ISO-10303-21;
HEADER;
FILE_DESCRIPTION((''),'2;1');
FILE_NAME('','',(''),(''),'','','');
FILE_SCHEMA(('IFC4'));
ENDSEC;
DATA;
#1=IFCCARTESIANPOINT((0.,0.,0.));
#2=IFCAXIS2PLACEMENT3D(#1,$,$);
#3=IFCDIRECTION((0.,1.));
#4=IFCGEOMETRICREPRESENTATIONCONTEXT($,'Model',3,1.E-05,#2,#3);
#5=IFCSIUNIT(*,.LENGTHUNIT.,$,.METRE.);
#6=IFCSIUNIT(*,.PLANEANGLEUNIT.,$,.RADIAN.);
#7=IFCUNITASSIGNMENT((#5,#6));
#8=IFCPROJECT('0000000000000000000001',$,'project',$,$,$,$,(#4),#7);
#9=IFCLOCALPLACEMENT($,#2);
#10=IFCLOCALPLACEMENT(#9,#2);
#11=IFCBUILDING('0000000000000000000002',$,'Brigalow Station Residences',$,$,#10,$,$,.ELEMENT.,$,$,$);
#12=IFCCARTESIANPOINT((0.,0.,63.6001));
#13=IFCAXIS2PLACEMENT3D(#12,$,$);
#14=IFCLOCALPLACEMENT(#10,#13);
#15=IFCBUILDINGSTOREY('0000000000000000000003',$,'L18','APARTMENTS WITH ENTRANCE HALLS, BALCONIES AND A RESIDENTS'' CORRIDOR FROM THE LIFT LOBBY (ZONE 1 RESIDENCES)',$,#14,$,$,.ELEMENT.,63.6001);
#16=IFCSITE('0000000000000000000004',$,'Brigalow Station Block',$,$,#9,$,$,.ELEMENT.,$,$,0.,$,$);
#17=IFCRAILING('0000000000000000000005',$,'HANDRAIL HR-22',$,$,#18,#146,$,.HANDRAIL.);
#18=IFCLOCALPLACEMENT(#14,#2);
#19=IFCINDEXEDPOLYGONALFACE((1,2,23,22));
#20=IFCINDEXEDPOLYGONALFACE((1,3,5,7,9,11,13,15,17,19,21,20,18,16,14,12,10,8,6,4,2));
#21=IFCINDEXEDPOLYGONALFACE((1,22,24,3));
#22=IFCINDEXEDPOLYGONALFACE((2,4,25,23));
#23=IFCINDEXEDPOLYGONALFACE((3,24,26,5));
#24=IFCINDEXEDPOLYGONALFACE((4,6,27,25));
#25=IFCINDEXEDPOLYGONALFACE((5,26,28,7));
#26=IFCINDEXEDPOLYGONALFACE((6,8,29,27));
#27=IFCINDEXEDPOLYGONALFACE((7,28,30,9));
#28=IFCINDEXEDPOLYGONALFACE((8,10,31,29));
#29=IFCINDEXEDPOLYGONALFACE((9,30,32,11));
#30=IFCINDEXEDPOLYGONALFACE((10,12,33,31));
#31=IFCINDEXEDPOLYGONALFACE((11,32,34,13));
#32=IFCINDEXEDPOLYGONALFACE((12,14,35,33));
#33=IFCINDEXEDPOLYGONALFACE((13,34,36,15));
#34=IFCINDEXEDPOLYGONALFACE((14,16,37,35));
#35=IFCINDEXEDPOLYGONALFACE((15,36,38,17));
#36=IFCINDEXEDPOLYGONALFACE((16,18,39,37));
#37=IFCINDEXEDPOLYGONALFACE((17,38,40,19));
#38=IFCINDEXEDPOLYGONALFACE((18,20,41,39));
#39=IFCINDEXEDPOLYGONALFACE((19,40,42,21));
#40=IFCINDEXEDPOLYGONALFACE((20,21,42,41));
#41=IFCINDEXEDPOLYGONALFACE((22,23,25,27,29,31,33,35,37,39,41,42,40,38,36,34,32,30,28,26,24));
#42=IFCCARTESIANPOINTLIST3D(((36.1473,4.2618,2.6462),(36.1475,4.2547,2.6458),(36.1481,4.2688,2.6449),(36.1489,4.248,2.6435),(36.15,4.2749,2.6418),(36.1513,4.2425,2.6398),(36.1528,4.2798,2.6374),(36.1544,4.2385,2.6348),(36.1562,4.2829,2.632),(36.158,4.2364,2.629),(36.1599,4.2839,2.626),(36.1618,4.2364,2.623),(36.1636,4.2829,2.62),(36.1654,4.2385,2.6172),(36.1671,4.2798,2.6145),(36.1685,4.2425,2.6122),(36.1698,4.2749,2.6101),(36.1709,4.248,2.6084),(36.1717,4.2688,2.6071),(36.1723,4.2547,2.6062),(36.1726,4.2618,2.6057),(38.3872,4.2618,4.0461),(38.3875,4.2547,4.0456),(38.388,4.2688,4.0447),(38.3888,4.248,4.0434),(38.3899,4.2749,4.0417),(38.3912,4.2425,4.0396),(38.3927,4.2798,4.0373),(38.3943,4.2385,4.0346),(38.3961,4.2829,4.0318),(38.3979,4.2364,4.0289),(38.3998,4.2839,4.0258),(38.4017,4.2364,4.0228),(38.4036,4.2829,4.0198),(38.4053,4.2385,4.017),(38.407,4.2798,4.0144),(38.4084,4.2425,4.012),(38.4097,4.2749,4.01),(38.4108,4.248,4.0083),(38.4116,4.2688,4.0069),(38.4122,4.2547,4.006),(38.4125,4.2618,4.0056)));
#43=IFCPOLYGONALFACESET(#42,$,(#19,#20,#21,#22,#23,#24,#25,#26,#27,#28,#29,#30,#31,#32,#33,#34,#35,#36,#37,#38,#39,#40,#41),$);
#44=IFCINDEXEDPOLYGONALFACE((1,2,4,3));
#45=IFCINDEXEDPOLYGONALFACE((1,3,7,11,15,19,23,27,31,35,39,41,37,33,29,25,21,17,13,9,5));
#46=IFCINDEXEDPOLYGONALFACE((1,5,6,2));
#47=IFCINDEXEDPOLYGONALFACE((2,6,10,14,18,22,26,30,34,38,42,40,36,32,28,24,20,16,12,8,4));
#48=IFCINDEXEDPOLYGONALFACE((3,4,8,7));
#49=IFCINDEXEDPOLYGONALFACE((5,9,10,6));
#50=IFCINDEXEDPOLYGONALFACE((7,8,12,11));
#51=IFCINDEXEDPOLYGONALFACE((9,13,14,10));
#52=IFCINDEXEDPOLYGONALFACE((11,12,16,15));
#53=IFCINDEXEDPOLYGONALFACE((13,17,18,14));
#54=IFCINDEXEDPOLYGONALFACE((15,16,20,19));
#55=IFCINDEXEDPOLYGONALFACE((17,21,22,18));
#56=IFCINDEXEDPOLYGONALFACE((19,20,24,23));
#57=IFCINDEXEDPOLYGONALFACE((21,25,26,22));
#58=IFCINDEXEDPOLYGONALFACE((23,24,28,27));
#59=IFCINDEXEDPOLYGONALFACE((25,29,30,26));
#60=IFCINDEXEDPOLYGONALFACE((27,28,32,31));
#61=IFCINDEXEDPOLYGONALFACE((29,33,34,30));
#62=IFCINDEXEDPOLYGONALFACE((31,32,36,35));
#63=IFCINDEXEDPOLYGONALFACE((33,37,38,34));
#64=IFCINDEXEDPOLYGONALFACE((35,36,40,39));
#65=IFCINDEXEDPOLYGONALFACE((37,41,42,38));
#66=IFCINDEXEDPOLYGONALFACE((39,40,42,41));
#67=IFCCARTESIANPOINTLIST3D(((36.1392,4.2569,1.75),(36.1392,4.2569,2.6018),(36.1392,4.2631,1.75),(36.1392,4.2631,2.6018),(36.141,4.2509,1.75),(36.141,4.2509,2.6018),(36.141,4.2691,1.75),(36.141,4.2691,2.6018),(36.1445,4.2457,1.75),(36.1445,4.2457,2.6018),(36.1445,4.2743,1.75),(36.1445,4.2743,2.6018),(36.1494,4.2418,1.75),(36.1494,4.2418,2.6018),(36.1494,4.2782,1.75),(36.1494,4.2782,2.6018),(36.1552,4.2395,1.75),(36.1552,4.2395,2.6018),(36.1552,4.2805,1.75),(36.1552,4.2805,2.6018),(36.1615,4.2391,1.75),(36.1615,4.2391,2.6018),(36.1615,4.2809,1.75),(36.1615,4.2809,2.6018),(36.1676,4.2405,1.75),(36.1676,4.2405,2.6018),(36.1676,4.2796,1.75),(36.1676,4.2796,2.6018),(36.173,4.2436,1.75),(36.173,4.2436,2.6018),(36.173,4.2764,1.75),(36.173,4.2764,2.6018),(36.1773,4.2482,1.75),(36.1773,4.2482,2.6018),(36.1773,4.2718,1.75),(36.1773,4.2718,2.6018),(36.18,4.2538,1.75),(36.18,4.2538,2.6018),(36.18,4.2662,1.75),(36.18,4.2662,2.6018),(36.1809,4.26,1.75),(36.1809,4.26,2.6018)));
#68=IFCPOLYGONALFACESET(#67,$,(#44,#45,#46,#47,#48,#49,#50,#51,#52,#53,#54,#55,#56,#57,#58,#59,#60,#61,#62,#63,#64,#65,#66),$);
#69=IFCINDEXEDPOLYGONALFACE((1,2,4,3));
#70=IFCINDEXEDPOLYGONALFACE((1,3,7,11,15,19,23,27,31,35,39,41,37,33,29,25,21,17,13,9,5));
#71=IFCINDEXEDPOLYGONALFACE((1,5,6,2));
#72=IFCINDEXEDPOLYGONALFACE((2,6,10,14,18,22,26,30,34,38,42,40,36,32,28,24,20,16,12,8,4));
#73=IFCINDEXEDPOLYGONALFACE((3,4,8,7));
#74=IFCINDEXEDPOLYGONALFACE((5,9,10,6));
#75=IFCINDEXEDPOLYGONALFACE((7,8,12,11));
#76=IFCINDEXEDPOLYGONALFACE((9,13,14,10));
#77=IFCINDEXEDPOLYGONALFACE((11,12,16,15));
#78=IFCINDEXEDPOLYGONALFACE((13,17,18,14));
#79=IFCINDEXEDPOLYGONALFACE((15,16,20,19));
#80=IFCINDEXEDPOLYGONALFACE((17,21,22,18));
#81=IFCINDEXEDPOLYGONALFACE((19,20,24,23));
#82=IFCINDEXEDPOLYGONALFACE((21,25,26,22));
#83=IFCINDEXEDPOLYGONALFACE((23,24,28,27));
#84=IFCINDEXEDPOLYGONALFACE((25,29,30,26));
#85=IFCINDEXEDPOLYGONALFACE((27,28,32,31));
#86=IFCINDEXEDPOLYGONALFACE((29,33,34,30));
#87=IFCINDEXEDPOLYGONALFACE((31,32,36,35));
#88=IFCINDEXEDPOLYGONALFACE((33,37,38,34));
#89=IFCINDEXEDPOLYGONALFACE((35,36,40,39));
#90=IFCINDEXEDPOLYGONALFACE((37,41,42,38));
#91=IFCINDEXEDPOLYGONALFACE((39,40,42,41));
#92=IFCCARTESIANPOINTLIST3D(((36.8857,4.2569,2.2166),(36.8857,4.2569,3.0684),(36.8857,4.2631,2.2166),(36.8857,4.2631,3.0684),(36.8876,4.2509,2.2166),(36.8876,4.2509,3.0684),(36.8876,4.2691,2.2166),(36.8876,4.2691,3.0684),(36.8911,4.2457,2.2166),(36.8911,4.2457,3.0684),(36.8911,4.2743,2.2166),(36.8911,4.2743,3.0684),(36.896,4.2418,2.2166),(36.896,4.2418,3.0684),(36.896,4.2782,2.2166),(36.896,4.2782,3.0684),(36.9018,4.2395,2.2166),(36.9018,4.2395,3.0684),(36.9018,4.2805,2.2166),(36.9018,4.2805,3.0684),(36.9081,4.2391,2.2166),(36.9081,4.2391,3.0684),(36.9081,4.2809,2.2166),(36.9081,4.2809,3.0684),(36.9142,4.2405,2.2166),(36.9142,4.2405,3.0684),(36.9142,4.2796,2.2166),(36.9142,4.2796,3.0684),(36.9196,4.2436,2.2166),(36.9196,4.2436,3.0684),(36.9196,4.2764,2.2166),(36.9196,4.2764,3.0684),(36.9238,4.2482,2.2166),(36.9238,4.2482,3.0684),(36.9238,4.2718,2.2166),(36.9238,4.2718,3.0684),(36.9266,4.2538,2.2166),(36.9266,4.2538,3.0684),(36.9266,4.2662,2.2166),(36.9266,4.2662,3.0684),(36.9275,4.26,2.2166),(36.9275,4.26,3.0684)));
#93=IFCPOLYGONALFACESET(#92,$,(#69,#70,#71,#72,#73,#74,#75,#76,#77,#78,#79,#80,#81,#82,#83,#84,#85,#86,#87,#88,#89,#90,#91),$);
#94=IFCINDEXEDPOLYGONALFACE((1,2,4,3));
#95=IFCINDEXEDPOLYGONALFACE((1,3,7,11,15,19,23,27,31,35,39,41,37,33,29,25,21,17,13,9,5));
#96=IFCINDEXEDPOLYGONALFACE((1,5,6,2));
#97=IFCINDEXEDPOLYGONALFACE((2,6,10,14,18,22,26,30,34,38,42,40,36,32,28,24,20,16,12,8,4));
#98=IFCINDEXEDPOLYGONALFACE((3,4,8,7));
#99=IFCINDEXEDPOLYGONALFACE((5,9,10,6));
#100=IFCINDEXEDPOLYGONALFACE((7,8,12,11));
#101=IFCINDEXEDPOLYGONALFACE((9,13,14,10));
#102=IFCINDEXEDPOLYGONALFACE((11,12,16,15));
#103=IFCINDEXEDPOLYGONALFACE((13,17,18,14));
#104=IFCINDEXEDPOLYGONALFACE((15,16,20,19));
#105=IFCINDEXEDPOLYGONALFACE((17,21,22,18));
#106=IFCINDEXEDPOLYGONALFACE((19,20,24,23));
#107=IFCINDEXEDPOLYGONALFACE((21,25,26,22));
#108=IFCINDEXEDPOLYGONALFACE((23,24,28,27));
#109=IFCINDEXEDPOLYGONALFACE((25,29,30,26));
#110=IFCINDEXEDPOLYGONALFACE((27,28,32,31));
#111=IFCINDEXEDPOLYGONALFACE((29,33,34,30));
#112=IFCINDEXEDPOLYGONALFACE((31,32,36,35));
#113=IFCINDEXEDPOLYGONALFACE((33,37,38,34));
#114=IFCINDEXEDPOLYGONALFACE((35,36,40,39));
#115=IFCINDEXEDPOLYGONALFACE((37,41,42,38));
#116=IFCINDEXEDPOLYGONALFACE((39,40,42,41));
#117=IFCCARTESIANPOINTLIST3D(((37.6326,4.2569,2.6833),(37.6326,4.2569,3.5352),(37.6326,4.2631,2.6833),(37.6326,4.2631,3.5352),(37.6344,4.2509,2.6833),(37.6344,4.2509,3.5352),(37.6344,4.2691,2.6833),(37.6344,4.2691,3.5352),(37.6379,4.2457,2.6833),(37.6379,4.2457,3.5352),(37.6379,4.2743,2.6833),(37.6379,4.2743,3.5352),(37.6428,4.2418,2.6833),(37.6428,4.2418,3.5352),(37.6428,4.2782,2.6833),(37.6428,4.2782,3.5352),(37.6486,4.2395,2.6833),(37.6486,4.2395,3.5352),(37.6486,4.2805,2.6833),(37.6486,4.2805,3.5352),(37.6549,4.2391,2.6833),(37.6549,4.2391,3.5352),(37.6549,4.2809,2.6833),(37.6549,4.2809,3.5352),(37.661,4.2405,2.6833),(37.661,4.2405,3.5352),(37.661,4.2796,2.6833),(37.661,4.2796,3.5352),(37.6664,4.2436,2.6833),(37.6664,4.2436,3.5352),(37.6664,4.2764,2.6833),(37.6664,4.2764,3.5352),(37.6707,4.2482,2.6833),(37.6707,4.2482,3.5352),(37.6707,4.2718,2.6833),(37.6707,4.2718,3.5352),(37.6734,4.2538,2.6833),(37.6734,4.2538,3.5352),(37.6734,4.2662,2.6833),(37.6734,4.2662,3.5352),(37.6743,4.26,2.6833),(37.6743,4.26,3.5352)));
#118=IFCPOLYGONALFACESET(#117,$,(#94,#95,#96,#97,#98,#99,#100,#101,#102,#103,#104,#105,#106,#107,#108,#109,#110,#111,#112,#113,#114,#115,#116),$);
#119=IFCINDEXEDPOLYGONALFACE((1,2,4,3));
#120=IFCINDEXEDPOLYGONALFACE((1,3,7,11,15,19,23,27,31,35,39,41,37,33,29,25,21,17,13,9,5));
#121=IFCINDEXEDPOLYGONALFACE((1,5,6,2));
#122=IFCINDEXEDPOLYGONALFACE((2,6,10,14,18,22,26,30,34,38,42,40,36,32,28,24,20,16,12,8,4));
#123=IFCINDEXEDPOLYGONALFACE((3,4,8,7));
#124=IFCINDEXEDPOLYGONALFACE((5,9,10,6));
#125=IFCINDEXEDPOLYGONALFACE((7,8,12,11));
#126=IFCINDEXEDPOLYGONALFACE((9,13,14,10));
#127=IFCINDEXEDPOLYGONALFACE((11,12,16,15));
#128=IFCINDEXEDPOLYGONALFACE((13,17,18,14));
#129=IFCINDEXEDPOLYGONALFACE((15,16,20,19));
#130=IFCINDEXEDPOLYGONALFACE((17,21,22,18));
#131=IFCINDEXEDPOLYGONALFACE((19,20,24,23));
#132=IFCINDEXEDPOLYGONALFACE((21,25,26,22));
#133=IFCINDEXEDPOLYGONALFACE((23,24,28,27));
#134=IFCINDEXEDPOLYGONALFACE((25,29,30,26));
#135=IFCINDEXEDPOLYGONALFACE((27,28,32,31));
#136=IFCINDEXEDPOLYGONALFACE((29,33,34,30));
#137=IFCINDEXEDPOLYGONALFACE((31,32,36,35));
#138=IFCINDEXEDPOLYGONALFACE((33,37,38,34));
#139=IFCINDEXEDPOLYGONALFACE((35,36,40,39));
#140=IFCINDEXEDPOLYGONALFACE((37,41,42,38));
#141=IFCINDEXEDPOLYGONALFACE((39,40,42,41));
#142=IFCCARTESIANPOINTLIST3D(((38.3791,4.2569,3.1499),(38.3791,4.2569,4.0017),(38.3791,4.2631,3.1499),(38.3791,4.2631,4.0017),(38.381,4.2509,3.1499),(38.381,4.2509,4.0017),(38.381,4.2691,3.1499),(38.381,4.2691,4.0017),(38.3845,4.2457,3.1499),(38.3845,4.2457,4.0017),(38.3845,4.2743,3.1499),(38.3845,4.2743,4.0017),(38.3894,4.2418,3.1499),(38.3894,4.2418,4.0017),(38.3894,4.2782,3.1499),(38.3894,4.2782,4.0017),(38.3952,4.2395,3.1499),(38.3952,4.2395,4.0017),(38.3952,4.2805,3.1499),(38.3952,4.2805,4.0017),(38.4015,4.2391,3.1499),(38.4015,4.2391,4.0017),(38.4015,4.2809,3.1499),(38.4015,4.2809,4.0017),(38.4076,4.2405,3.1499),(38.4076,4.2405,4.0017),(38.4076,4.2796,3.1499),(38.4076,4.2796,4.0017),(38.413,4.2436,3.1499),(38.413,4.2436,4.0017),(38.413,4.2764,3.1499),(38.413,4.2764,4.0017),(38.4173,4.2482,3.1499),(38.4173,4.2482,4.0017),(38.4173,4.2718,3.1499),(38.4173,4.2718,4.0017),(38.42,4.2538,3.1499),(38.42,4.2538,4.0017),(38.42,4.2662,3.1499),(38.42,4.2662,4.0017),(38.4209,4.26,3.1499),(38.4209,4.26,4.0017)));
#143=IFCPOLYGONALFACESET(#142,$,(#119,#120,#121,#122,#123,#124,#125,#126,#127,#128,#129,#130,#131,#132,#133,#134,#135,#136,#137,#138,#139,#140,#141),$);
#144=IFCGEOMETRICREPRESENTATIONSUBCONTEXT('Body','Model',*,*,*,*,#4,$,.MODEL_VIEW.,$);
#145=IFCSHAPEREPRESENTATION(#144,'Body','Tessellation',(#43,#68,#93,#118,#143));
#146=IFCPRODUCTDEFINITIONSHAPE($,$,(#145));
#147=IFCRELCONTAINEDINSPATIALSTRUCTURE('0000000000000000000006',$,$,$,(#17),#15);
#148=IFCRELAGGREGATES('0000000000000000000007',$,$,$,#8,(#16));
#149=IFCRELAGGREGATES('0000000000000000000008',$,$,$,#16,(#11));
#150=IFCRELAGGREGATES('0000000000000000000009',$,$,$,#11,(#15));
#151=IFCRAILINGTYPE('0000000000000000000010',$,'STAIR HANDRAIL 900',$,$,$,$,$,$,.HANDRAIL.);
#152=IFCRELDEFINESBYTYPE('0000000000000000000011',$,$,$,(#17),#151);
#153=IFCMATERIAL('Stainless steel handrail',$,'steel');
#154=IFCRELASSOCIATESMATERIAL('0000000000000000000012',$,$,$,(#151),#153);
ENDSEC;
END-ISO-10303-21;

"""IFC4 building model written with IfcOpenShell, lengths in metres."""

from ifc_helpers import new_model, si_unit, direction, frame, origin, origin_2d, place, context, subcontext, project, spatial, circle, extrude, material, type_object, element, save


model = new_model("IFC4")

# Units and contexts
model_context = context("Model", 3, precision=1e-05, world=origin(), true_north=direction((0.0, 1.0)))
body_context = subcontext(model_context, "Body", "Model", "MODEL_VIEW")
ifc_project = project(units=[si_unit("LENGTHUNIT", "METRE"), si_unit("PLANEANGLEUNIT", "RADIAN")], contexts=[model_context])

# Site, building, storey
site_placement = place(None, origin())
site = spatial("IfcSite", under=ifc_project, at=site_placement, Name="Brigalow Station Block", CompositionType="ELEMENT", RefElevation=0.0)
building_placement = place(site_placement, origin())
building = spatial("IfcBuilding", under=site, at=building_placement, Name="Brigalow Station Residences", CompositionType="ELEMENT")
storey_placement = place(building_placement, frame((0.0, 0.0, 63.6001)))
storey = spatial("IfcBuildingStorey", under=building, at=storey_placement, Name="L18", Description="APARTMENTS WITH ENTRANCE HALLS, BALCONIES AND A RESIDENTS' CORRIDOR FROM THE LIFT LOBBY (ZONE 1 RESIDENCES)", CompositionType="ELEMENT", Elevation=63.6001)

# Railing
ifc_material_1 = material(Name="Stainless steel handrail", Category="steel")
railing_type_1 = type_object("IfcRailingType", Name="STAIR HANDRAIL 900", PredefinedType="HANDRAIL", material=ifc_material_1)
railing_1_placement = place(storey_placement, frame((36.1599, 4.26, 1.75)))
element("IfcRailing", 1, at=railing_1_placement, inside=storey, type_object=railing_type_1, Name="HANDRAIL HR-22", PredefinedType="HANDRAIL", context=body_context, shape_type="SweptSolid", body=[
    extrude(circle(Radius=0.0239, at=origin_2d()), frame((0.0, 0.0, 0.876), z_axis=(0.848014, 0.0, 0.529974), x_axis=(0.0, 1.0, 0.0)), (0.0, 0.0, 1.0), 2.6414),
    extrude(circle(Radius=0.021, at=origin_2d()), origin(), (0.0, 0.0, 1.0), 0.8518),
    extrude(circle(Radius=0.021, at=origin_2d()), frame((0.7466, 0.0, 0.4666)), (0.0, 0.0, 1.0), 0.8518),
    extrude(circle(Radius=0.021, at=origin_2d()), frame((1.4934, 0.0, 0.9333)), (0.0, 0.0, 1.0), 0.8518),
    extrude(circle(Radius=0.021, at=origin_2d()), frame((2.24, 0.0, 1.3999)), (0.0, 0.0, 1.0), 0.8518),
])

save(model, "model.ifc")
